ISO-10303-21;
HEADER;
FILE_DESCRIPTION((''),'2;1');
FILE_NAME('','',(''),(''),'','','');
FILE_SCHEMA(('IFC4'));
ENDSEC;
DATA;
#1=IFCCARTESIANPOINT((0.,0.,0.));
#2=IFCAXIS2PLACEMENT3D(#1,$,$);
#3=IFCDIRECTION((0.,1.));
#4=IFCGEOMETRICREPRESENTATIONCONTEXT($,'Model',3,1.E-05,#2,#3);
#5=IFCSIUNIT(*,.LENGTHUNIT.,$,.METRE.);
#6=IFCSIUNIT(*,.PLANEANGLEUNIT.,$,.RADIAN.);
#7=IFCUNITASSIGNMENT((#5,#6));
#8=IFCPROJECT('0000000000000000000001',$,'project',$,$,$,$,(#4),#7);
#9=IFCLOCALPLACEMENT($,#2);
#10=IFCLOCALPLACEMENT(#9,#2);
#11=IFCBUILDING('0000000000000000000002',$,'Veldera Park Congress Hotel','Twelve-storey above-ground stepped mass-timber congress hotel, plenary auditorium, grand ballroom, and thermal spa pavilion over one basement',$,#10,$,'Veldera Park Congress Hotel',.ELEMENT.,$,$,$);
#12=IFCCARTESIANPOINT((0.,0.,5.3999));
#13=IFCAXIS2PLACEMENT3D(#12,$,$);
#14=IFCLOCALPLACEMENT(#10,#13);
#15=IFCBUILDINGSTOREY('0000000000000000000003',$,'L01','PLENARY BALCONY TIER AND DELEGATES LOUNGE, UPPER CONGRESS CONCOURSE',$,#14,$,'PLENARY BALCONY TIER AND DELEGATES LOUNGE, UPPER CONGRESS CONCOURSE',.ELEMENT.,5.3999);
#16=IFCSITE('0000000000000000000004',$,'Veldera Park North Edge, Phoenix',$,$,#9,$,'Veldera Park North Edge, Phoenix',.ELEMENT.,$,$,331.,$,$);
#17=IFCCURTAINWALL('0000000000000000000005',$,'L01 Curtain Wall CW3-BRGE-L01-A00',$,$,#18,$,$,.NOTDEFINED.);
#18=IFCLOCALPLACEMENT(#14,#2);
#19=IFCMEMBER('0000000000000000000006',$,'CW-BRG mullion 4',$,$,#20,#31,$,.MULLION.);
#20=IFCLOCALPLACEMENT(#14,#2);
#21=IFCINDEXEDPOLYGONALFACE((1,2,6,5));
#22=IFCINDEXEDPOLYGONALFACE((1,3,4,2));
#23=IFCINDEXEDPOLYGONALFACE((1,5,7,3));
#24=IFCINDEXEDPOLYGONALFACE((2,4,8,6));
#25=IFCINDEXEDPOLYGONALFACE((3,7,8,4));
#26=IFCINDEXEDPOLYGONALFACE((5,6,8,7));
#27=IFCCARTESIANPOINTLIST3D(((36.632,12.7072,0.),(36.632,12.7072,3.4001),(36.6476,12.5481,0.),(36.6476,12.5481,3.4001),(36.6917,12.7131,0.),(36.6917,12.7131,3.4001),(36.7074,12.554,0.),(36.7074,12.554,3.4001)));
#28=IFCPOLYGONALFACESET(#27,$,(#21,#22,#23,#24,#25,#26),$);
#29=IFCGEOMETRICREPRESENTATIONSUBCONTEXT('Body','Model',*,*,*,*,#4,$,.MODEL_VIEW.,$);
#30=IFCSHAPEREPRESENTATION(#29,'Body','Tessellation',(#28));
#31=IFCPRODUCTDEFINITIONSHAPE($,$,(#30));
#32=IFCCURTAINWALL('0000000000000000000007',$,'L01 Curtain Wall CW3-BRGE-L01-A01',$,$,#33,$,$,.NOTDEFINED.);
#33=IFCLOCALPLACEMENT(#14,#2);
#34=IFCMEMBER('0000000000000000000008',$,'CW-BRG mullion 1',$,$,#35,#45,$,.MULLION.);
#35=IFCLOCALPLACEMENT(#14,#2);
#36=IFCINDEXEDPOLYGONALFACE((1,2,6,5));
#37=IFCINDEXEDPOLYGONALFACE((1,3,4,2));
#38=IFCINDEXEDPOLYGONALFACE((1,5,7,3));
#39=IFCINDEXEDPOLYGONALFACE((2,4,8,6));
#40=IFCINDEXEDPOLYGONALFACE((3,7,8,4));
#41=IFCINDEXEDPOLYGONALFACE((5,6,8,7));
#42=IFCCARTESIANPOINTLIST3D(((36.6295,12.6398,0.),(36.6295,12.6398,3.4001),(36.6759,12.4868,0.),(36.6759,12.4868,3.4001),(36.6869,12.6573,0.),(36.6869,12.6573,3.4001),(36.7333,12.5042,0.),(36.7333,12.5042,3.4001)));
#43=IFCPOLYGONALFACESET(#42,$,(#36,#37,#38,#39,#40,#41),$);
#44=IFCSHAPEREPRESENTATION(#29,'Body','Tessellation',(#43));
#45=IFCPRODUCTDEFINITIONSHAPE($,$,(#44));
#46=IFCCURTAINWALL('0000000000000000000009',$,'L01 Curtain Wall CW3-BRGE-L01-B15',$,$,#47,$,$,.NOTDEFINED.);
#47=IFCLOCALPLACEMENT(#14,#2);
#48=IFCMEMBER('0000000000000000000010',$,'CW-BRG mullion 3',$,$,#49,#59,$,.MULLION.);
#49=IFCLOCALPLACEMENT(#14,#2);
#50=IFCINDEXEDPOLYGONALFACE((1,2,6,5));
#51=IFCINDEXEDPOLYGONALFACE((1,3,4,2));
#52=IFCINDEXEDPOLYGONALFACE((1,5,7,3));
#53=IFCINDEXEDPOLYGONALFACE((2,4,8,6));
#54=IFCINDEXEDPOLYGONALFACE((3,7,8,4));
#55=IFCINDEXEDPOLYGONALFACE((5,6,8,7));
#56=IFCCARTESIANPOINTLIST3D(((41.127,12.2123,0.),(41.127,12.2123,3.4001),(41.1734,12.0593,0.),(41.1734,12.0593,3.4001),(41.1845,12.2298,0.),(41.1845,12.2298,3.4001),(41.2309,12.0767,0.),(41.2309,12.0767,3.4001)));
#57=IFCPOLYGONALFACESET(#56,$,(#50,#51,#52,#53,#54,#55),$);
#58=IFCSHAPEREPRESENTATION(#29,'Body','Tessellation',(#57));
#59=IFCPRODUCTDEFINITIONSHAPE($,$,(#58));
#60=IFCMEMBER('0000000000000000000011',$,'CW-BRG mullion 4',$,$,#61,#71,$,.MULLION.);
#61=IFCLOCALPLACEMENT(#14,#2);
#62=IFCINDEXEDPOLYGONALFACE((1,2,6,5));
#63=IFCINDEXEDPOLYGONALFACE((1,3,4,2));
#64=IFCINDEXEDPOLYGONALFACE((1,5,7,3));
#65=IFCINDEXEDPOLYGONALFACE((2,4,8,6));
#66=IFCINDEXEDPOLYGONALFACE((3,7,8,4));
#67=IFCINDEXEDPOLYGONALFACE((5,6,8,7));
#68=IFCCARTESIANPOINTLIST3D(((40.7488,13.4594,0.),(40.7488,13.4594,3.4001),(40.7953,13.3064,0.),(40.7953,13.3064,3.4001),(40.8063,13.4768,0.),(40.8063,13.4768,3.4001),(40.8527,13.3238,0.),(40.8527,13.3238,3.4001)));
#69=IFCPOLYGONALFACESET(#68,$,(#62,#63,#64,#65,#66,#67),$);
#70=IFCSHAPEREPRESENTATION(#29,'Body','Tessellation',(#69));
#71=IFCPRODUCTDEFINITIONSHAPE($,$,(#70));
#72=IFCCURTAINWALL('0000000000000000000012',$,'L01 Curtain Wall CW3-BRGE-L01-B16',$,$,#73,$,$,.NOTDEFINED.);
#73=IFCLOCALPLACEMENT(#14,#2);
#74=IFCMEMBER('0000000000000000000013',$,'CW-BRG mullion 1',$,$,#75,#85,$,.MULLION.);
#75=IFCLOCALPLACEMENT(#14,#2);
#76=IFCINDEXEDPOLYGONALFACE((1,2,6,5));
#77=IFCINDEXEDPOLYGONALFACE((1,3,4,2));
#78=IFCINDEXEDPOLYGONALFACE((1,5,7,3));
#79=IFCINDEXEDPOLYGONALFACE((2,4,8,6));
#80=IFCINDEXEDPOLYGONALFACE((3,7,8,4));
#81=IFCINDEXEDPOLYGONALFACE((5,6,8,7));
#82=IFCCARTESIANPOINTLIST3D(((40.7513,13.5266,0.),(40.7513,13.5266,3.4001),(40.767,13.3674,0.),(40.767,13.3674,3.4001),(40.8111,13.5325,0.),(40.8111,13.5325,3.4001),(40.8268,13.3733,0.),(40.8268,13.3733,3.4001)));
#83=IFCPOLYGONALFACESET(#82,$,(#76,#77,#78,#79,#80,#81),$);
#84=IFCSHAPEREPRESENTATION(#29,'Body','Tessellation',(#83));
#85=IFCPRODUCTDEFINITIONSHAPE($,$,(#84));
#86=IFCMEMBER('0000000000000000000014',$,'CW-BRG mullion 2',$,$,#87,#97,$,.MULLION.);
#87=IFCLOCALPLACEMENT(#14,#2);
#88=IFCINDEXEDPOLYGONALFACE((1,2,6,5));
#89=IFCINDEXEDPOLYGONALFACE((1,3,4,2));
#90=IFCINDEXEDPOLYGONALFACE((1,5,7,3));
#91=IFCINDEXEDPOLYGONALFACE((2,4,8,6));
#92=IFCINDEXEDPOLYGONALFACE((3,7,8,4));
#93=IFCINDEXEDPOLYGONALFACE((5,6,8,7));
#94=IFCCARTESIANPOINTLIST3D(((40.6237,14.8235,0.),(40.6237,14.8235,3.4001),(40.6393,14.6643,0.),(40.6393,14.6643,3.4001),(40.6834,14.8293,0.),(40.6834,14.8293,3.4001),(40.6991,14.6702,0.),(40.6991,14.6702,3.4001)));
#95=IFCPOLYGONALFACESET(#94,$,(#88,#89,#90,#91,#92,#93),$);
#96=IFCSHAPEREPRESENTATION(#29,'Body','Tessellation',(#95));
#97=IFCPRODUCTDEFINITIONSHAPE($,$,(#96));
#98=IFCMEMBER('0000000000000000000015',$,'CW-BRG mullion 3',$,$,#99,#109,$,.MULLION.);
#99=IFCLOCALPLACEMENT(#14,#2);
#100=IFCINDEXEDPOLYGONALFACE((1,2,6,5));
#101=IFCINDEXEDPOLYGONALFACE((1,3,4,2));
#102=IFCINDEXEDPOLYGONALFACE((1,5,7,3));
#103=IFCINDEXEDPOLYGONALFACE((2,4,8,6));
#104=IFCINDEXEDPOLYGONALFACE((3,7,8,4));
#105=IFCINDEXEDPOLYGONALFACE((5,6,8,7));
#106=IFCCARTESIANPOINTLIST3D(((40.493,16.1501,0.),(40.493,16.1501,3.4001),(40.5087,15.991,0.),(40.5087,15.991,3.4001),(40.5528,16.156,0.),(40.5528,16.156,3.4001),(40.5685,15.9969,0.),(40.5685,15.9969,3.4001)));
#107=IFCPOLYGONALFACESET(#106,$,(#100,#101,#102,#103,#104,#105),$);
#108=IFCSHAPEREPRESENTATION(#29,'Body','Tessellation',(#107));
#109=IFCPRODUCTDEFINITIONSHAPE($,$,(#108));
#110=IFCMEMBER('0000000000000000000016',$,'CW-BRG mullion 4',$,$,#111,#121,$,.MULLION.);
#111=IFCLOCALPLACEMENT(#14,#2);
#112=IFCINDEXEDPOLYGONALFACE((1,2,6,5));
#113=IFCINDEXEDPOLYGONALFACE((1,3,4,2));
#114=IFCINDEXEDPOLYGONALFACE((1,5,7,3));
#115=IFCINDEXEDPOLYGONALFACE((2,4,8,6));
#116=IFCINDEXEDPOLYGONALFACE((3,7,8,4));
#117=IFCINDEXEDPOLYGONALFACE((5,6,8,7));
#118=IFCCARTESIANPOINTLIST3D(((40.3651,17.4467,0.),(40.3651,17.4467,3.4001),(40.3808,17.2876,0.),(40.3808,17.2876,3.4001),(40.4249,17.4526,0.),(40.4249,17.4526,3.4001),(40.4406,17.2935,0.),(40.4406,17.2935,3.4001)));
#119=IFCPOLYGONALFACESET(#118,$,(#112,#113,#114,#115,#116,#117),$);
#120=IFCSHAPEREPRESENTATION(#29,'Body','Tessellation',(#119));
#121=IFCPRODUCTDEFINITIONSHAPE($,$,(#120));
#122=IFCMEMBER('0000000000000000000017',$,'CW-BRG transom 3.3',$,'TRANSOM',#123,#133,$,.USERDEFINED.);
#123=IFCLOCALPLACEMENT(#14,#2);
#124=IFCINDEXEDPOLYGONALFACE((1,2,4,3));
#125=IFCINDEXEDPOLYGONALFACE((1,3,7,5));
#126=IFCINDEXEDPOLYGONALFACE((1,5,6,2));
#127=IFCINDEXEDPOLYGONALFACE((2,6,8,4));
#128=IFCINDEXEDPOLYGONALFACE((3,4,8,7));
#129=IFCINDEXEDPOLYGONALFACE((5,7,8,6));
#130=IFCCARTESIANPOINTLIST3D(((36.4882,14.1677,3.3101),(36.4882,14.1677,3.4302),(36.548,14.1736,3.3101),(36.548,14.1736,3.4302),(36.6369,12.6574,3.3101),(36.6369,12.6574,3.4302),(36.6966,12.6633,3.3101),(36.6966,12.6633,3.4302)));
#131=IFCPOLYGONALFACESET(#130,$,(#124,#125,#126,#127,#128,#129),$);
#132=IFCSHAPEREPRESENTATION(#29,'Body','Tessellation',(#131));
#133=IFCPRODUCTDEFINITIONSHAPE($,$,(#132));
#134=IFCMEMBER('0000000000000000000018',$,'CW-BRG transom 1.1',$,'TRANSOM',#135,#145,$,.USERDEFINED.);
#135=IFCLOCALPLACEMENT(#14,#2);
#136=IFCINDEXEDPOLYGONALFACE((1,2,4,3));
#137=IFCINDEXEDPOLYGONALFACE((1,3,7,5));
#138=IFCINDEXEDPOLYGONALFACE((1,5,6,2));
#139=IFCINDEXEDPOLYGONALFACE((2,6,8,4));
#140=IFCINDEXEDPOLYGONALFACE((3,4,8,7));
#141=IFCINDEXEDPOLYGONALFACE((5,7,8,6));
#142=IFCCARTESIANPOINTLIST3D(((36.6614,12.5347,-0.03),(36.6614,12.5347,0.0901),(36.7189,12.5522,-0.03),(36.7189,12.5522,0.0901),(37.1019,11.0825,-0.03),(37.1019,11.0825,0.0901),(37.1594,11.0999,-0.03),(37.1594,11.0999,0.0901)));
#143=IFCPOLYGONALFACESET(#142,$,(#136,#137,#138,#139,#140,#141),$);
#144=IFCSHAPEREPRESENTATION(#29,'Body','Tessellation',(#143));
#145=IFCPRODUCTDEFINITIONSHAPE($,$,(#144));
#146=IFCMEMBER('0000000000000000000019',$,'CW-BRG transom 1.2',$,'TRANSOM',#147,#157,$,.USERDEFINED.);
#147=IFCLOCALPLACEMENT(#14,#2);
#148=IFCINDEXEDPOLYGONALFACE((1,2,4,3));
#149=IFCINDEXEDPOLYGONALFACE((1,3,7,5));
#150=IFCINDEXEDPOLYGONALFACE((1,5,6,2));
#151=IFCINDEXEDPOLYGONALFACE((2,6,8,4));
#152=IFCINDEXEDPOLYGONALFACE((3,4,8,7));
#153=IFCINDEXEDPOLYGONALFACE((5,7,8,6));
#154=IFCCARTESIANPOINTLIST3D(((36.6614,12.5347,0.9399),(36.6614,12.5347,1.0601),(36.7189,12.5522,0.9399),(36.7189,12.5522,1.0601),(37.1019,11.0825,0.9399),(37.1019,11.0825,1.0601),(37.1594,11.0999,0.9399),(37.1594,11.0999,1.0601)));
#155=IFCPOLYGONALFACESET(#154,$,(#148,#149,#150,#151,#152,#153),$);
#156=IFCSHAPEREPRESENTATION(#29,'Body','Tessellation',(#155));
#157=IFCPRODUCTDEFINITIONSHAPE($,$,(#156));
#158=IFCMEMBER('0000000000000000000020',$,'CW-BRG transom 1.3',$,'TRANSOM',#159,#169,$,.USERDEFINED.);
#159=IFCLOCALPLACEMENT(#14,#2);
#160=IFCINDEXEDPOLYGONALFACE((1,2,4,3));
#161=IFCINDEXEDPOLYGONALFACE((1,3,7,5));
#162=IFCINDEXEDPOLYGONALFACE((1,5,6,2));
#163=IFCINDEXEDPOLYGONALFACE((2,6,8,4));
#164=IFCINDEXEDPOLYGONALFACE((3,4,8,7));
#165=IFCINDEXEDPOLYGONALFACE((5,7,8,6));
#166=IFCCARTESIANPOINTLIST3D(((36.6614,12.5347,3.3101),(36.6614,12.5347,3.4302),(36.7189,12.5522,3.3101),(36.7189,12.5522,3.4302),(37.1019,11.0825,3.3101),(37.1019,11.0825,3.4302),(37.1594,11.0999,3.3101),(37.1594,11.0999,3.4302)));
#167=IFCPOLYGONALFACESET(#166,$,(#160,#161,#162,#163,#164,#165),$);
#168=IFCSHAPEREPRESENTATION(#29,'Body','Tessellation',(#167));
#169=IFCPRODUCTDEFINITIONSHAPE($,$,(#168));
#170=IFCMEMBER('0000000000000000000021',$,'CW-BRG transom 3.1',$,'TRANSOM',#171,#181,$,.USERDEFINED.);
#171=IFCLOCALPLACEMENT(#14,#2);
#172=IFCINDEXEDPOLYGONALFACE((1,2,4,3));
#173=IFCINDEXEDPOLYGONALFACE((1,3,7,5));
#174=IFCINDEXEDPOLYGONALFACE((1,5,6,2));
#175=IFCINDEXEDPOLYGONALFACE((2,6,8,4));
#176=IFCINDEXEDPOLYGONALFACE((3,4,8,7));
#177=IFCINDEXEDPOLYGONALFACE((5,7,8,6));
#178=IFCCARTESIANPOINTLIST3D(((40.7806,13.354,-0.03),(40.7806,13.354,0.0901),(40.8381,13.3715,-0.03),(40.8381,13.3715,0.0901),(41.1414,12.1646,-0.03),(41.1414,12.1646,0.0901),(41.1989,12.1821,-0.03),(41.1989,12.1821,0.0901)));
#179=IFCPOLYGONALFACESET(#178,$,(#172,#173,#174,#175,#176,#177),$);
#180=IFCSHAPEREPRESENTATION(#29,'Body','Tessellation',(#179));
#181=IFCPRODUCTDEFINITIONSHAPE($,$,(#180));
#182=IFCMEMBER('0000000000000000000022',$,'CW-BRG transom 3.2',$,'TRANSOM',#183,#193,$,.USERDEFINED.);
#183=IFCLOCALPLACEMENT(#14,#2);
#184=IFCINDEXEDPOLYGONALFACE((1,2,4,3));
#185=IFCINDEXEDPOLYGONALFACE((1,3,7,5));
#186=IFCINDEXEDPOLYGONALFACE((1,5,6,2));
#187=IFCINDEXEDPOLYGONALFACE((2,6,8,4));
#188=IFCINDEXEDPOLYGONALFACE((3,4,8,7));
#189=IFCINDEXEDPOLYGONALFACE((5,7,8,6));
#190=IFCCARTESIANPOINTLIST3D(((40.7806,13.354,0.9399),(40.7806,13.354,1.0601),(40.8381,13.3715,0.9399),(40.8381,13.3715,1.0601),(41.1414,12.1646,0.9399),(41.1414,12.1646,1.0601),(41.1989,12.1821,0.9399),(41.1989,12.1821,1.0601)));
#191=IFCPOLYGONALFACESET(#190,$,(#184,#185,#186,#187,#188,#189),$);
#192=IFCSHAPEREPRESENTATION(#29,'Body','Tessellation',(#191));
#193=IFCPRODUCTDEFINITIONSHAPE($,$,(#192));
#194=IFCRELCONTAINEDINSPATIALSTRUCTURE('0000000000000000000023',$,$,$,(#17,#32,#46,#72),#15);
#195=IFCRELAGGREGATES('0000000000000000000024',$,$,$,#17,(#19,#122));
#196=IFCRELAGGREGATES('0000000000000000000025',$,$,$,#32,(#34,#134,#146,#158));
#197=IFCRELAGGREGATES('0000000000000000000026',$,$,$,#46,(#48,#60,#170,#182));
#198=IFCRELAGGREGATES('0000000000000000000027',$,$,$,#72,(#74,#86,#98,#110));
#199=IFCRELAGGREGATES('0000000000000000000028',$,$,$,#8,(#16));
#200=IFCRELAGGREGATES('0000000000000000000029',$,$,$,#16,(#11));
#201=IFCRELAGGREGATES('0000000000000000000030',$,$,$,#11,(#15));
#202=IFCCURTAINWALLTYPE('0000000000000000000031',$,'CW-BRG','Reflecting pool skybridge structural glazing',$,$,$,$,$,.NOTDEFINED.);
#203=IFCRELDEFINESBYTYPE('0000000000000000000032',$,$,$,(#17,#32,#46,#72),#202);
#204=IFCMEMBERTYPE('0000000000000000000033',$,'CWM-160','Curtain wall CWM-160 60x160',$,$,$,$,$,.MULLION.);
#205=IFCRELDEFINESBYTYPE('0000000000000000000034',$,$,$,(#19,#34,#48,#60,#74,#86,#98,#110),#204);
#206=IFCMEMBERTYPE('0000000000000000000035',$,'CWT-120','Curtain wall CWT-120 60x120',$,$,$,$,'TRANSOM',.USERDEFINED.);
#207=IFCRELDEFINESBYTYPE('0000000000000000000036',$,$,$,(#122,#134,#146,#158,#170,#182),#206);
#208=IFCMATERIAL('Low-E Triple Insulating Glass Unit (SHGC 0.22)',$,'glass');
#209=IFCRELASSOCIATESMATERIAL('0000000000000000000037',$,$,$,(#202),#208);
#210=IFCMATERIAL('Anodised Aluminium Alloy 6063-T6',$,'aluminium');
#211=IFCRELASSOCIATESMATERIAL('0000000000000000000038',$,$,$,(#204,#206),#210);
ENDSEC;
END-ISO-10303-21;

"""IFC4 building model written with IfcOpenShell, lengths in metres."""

from ifc_helpers import new_model, si_unit, direction, frame, origin, origin_2d, place, context, subcontext, project, spatial, rectangle, extrude, material, material_profile, profile_set, type_object, element, aggregate, save


model = new_model("IFC4")

# Units and contexts
model_context = context("Model", 3, precision=1e-05, world=origin(), true_north=direction((0.0, 1.0)))
body_context = subcontext(model_context, "Body", "Model", "MODEL_VIEW")
ifc_project = project(units=[si_unit("LENGTHUNIT", "METRE"), si_unit("PLANEANGLEUNIT", "RADIAN")], contexts=[model_context])

# Site, building, storey
site_placement = place(None, origin())
site = spatial("IfcSite", under=ifc_project, at=site_placement, Name="Veldera Park North Edge, Phoenix", LongName="Veldera Park North Edge, Phoenix", CompositionType="ELEMENT", RefElevation=331.0)
building_placement = place(site_placement, origin())
building = spatial("IfcBuilding", under=site, at=building_placement, Name="Veldera Park Congress Hotel", Description="Twelve-storey above-ground stepped mass-timber congress hotel, plenary auditorium, grand ballroom, and thermal spa pavilion over one basement", LongName="Veldera Park Congress Hotel", CompositionType="ELEMENT")
storey_placement = place(building_placement, frame((0.0, 0.0, 5.3999)))
storey = spatial("IfcBuildingStorey", under=building, at=storey_placement, Name="L01", Description="PLENARY BALCONY TIER AND DELEGATES LOUNGE, UPPER CONGRESS CONCOURSE", LongName="PLENARY BALCONY TIER AND DELEGATES LOUNGE, UPPER CONGRESS CONCOURSE", CompositionType="ELEMENT", Elevation=5.3999)

# Curtain walls, members
ifc_material_1 = material(Name="Low-E Triple Insulating Glass Unit (SHGC 0.22)", Category="glass")
curtain_wall_type = type_object("IfcCurtainWallType", Name="CW-BRG", Description="Reflecting pool skybridge structural glazing", PredefinedType="NOTDEFINED", material=ifc_material_1)
curtain_wall_1_placement = place(storey_placement, origin())
curtain_wall_1 = element("IfcCurtainWall", 1, at=curtain_wall_1_placement, inside=storey, type_object=curtain_wall_type, Name="L01 Curtain Wall CW3-BRGE-L01-A00", PredefinedType="NOTDEFINED")
ifc_material_2 = material(Name="Anodised Aluminium Alloy 6063-T6", Category="aluminium")
ifc_material_profile_1 = material_profile(ifc_material_2, rectangle(XDim=0.0601, YDim=0.1599, at=origin_2d()), Name="ALU 60x160")
ifc_profile_set_1 = profile_set([ifc_material_profile_1], Name="Anodised Aluminium Alloy 6063-T6")
member_type_1 = type_object("IfcMemberType", Name="CWM-160", Description="Curtain wall CWM-160 60x160", PredefinedType="MULLION", material=ifc_profile_set_1)
member_1_placement = place(storey_placement, frame((36.6697, 12.6306, 0.0), z_axis=(0.0, 0.0, 1.0), x_axis=(0.995184, 0.098021, 0.0)))
member_1 = element("IfcMember", 2, at=member_1_placement, type_object=member_type_1, Name="CW-BRG mullion 4", PredefinedType="MULLION", context=body_context, shape_type="SweptSolid", body=[
    extrude(rectangle(XDim=0.0601, YDim=0.1599, at=origin_2d()), origin(), (0.0, 0.0, 1.0), 3.4001),
])
curtain_wall_2_placement = place(storey_placement, origin())
curtain_wall_2 = element("IfcCurtainWall", 3, at=curtain_wall_2_placement, inside=storey, type_object=curtain_wall_type, Name="L01 Curtain Wall CW3-BRGE-L01-A01", PredefinedType="NOTDEFINED")
member_2_placement = place(storey_placement, frame((36.6814, 12.572, 0.0), z_axis=(0.0, 0.0, 1.0), x_axis=(0.956939, 0.290288, 0.0)))
member_2 = element("IfcMember", 4, at=member_2_placement, type_object=member_type_1, Name="CW-BRG mullion 1", PredefinedType="MULLION", context=body_context, shape_type="SweptSolid", body=[
    extrude(rectangle(XDim=0.0601, YDim=0.1599, at=origin_2d()), origin(), (0.0, 0.0, 1.0), 3.4001),
])

# Curtain walls, members
curtain_wall_3_placement = place(storey_placement, origin())
curtain_wall_3 = element("IfcCurtainWall", 5, at=curtain_wall_3_placement, inside=storey, type_object=curtain_wall_type, Name="L01 Curtain Wall CW3-BRGE-L01-B15", PredefinedType="NOTDEFINED")
member_3_placement = place(storey_placement, frame((41.179, 12.1445, 0.0), z_axis=(0.0, 0.0, 1.0), x_axis=(-0.956939, -0.29029, 0.0)))
member_3 = element("IfcMember", 6, at=member_3_placement, type_object=member_type_1, Name="CW-BRG mullion 3", PredefinedType="MULLION", context=body_context, shape_type="SweptSolid", body=[
    extrude(rectangle(XDim=0.0601, YDim=0.1599, at=origin_2d()), origin(), (0.0, 0.0, 1.0), 3.4001),
])
member_4_placement = place(storey_placement, frame((40.8008, 13.3916, 0.0), z_axis=(0.0, 0.0, 1.0), x_axis=(-0.956939, -0.29029, 0.0)))
member_4 = element("IfcMember", 7, at=member_4_placement, type_object=member_type_1, Name="CW-BRG mullion 4", PredefinedType="MULLION", context=body_context, shape_type="SweptSolid", body=[
    extrude(rectangle(XDim=0.0601, YDim=0.1599, at=origin_2d()), origin(), (0.0, 0.0, 1.0), 3.4001),
])
curtain_wall_4_placement = place(storey_placement, origin())
curtain_wall_4 = element("IfcCurtainWall", 8, at=curtain_wall_4_placement, inside=storey, type_object=curtain_wall_type, Name="L01 Curtain Wall CW3-BRGE-L01-B16", PredefinedType="NOTDEFINED")
member_5_placement = place(storey_placement, frame((40.7891, 13.45, 0.0), z_axis=(0.0, 0.0, 1.0), x_axis=(-0.995184, -0.098023, 0.0)))
member_5 = element("IfcMember", 9, at=member_5_placement, type_object=member_type_1, Name="CW-BRG mullion 1", PredefinedType="MULLION", context=body_context, shape_type="SweptSolid", body=[
    extrude(rectangle(XDim=0.0601, YDim=0.1599, at=origin_2d()), origin(), (0.0, 0.0, 1.0), 3.4001),
])
member_6_placement = place(storey_placement, frame((40.6614, 14.7468, 0.0), z_axis=(0.0, 0.0, 1.0), x_axis=(-0.995184, -0.098023, 0.0)))
member_6 = element("IfcMember", 10, at=member_6_placement, type_object=member_type_1, Name="CW-BRG mullion 2", PredefinedType="MULLION", context=body_context, shape_type="SweptSolid", body=[
    extrude(rectangle(XDim=0.0601, YDim=0.1599, at=origin_2d()), origin(), (0.0, 0.0, 1.0), 3.4001),
])
member_7_placement = place(storey_placement, frame((40.5308, 16.0735, 0.0), z_axis=(0.0, 0.0, 1.0), x_axis=(-0.995184, -0.098023, 0.0)))
member_7 = element("IfcMember", 11, at=member_7_placement, type_object=member_type_1, Name="CW-BRG mullion 3", PredefinedType="MULLION", context=body_context, shape_type="SweptSolid", body=[
    extrude(rectangle(XDim=0.0601, YDim=0.1599, at=origin_2d()), origin(), (0.0, 0.0, 1.0), 3.4001),
])
member_8_placement = place(storey_placement, frame((40.4028, 17.3701, 0.0), z_axis=(0.0, 0.0, 1.0), x_axis=(-0.995184, -0.098023, 0.0)))
member_8 = element("IfcMember", 12, at=member_8_placement, type_object=member_type_1, Name="CW-BRG mullion 4", PredefinedType="MULLION", context=body_context, shape_type="SweptSolid", body=[
    extrude(rectangle(XDim=0.0601, YDim=0.1599, at=origin_2d()), origin(), (0.0, 0.0, 1.0), 3.4001),
])

# Members
ifc_material_profile_2 = material_profile(ifc_material_2, rectangle(XDim=0.0601, YDim=0.1201, at=origin_2d()), Name="ALU 60x120")
ifc_profile_set_2 = profile_set([ifc_material_profile_2], Name="Anodised Aluminium Alloy 6063-T6")
member_type_2 = type_object("IfcMemberType", Name="CWT-120", Description="Curtain wall CWT-120 60x120", ElementType="TRANSOM", PredefinedType="USERDEFINED", material=ifc_profile_set_2)
member_9_placement = place(storey_placement, frame((36.5181, 14.1707, 3.3701), z_axis=(0.097974, -0.995189, 0.0), x_axis=(0.995189, 0.097974, 0.0)))
member_9 = element("IfcMember", 13, at=member_9_placement, type_object=member_type_2, Name="CW-BRG transom 3.3", ObjectType="TRANSOM", PredefinedType="USERDEFINED", context=body_context, shape_type="SweptSolid", body=[
    extrude(rectangle(XDim=0.0601, YDim=0.1201, at=origin_2d()), origin(), (0.0, 0.0, 1.0), 1.5176),
])
member_10_placement = place(storey_placement, frame((36.6902, 12.5435, 0.03), z_axis=(0.29024, -0.956954, 0.0), x_axis=(0.956954, 0.29024, 0.0)))
member_10 = element("IfcMember", 14, at=member_10_placement, type_object=member_type_2, Name="CW-BRG transom 1.1", ObjectType="TRANSOM", PredefinedType="USERDEFINED", context=body_context, shape_type="SweptSolid", body=[
    extrude(rectangle(XDim=0.0601, YDim=0.1201, at=origin_2d()), origin(), (0.0, 0.0, 1.0), 1.5176),
])
member_11_placement = place(storey_placement, frame((36.6902, 12.5435, 1.0), z_axis=(0.29024, -0.956954, 0.0), x_axis=(0.956954, 0.29024, 0.0)))
member_11 = element("IfcMember", 15, at=member_11_placement, type_object=member_type_2, Name="CW-BRG transom 1.2", ObjectType="TRANSOM", PredefinedType="USERDEFINED", context=body_context, shape_type="SweptSolid", body=[
    extrude(rectangle(XDim=0.0601, YDim=0.1201, at=origin_2d()), origin(), (0.0, 0.0, 1.0), 1.5176),
])
member_12_placement = place(storey_placement, frame((36.6902, 12.5435, 3.3701), z_axis=(0.29024, -0.956954, 0.0), x_axis=(0.956954, 0.29024, 0.0)))
member_12 = element("IfcMember", 16, at=member_12_placement, type_object=member_type_2, Name="CW-BRG transom 1.3", ObjectType="TRANSOM", PredefinedType="USERDEFINED", context=body_context, shape_type="SweptSolid", body=[
    extrude(rectangle(XDim=0.0601, YDim=0.1201, at=origin_2d()), origin(), (0.0, 0.0, 1.0), 1.5176),
])
member_13_placement = place(storey_placement, frame((41.1702, 12.1733, 0.03), z_axis=(-0.290302, 0.956935, 0.0), x_axis=(-0.956935, -0.290302, 0.0)))
member_13 = element("IfcMember", 17, at=member_13_placement, type_object=member_type_2, Name="CW-BRG transom 3.1", ObjectType="TRANSOM", PredefinedType="USERDEFINED", context=body_context, shape_type="SweptSolid", body=[
    extrude(rectangle(XDim=0.0601, YDim=0.1201, at=origin_2d()), origin(), (0.0, 0.0, 1.0), 1.2429),
])
member_14_placement = place(storey_placement, frame((41.1702, 12.1733, 1.0), z_axis=(-0.290302, 0.956935, 0.0), x_axis=(-0.956935, -0.290302, 0.0)))
member_14 = element("IfcMember", 18, at=member_14_placement, type_object=member_type_2, Name="CW-BRG transom 3.2", ObjectType="TRANSOM", PredefinedType="USERDEFINED", context=body_context, shape_type="SweptSolid", body=[
    extrude(rectangle(XDim=0.0601, YDim=0.1201, at=origin_2d()), origin(), (0.0, 0.0, 1.0), 1.2429),
])

aggregate(curtain_wall_1, [member_1, member_9])
aggregate(curtain_wall_2, [member_2, member_10, member_11, member_12])
aggregate(curtain_wall_3, [member_3, member_4, member_13, member_14])
aggregate(curtain_wall_4, [member_5, member_6, member_7, member_8])

save(model, "model.ifc")
